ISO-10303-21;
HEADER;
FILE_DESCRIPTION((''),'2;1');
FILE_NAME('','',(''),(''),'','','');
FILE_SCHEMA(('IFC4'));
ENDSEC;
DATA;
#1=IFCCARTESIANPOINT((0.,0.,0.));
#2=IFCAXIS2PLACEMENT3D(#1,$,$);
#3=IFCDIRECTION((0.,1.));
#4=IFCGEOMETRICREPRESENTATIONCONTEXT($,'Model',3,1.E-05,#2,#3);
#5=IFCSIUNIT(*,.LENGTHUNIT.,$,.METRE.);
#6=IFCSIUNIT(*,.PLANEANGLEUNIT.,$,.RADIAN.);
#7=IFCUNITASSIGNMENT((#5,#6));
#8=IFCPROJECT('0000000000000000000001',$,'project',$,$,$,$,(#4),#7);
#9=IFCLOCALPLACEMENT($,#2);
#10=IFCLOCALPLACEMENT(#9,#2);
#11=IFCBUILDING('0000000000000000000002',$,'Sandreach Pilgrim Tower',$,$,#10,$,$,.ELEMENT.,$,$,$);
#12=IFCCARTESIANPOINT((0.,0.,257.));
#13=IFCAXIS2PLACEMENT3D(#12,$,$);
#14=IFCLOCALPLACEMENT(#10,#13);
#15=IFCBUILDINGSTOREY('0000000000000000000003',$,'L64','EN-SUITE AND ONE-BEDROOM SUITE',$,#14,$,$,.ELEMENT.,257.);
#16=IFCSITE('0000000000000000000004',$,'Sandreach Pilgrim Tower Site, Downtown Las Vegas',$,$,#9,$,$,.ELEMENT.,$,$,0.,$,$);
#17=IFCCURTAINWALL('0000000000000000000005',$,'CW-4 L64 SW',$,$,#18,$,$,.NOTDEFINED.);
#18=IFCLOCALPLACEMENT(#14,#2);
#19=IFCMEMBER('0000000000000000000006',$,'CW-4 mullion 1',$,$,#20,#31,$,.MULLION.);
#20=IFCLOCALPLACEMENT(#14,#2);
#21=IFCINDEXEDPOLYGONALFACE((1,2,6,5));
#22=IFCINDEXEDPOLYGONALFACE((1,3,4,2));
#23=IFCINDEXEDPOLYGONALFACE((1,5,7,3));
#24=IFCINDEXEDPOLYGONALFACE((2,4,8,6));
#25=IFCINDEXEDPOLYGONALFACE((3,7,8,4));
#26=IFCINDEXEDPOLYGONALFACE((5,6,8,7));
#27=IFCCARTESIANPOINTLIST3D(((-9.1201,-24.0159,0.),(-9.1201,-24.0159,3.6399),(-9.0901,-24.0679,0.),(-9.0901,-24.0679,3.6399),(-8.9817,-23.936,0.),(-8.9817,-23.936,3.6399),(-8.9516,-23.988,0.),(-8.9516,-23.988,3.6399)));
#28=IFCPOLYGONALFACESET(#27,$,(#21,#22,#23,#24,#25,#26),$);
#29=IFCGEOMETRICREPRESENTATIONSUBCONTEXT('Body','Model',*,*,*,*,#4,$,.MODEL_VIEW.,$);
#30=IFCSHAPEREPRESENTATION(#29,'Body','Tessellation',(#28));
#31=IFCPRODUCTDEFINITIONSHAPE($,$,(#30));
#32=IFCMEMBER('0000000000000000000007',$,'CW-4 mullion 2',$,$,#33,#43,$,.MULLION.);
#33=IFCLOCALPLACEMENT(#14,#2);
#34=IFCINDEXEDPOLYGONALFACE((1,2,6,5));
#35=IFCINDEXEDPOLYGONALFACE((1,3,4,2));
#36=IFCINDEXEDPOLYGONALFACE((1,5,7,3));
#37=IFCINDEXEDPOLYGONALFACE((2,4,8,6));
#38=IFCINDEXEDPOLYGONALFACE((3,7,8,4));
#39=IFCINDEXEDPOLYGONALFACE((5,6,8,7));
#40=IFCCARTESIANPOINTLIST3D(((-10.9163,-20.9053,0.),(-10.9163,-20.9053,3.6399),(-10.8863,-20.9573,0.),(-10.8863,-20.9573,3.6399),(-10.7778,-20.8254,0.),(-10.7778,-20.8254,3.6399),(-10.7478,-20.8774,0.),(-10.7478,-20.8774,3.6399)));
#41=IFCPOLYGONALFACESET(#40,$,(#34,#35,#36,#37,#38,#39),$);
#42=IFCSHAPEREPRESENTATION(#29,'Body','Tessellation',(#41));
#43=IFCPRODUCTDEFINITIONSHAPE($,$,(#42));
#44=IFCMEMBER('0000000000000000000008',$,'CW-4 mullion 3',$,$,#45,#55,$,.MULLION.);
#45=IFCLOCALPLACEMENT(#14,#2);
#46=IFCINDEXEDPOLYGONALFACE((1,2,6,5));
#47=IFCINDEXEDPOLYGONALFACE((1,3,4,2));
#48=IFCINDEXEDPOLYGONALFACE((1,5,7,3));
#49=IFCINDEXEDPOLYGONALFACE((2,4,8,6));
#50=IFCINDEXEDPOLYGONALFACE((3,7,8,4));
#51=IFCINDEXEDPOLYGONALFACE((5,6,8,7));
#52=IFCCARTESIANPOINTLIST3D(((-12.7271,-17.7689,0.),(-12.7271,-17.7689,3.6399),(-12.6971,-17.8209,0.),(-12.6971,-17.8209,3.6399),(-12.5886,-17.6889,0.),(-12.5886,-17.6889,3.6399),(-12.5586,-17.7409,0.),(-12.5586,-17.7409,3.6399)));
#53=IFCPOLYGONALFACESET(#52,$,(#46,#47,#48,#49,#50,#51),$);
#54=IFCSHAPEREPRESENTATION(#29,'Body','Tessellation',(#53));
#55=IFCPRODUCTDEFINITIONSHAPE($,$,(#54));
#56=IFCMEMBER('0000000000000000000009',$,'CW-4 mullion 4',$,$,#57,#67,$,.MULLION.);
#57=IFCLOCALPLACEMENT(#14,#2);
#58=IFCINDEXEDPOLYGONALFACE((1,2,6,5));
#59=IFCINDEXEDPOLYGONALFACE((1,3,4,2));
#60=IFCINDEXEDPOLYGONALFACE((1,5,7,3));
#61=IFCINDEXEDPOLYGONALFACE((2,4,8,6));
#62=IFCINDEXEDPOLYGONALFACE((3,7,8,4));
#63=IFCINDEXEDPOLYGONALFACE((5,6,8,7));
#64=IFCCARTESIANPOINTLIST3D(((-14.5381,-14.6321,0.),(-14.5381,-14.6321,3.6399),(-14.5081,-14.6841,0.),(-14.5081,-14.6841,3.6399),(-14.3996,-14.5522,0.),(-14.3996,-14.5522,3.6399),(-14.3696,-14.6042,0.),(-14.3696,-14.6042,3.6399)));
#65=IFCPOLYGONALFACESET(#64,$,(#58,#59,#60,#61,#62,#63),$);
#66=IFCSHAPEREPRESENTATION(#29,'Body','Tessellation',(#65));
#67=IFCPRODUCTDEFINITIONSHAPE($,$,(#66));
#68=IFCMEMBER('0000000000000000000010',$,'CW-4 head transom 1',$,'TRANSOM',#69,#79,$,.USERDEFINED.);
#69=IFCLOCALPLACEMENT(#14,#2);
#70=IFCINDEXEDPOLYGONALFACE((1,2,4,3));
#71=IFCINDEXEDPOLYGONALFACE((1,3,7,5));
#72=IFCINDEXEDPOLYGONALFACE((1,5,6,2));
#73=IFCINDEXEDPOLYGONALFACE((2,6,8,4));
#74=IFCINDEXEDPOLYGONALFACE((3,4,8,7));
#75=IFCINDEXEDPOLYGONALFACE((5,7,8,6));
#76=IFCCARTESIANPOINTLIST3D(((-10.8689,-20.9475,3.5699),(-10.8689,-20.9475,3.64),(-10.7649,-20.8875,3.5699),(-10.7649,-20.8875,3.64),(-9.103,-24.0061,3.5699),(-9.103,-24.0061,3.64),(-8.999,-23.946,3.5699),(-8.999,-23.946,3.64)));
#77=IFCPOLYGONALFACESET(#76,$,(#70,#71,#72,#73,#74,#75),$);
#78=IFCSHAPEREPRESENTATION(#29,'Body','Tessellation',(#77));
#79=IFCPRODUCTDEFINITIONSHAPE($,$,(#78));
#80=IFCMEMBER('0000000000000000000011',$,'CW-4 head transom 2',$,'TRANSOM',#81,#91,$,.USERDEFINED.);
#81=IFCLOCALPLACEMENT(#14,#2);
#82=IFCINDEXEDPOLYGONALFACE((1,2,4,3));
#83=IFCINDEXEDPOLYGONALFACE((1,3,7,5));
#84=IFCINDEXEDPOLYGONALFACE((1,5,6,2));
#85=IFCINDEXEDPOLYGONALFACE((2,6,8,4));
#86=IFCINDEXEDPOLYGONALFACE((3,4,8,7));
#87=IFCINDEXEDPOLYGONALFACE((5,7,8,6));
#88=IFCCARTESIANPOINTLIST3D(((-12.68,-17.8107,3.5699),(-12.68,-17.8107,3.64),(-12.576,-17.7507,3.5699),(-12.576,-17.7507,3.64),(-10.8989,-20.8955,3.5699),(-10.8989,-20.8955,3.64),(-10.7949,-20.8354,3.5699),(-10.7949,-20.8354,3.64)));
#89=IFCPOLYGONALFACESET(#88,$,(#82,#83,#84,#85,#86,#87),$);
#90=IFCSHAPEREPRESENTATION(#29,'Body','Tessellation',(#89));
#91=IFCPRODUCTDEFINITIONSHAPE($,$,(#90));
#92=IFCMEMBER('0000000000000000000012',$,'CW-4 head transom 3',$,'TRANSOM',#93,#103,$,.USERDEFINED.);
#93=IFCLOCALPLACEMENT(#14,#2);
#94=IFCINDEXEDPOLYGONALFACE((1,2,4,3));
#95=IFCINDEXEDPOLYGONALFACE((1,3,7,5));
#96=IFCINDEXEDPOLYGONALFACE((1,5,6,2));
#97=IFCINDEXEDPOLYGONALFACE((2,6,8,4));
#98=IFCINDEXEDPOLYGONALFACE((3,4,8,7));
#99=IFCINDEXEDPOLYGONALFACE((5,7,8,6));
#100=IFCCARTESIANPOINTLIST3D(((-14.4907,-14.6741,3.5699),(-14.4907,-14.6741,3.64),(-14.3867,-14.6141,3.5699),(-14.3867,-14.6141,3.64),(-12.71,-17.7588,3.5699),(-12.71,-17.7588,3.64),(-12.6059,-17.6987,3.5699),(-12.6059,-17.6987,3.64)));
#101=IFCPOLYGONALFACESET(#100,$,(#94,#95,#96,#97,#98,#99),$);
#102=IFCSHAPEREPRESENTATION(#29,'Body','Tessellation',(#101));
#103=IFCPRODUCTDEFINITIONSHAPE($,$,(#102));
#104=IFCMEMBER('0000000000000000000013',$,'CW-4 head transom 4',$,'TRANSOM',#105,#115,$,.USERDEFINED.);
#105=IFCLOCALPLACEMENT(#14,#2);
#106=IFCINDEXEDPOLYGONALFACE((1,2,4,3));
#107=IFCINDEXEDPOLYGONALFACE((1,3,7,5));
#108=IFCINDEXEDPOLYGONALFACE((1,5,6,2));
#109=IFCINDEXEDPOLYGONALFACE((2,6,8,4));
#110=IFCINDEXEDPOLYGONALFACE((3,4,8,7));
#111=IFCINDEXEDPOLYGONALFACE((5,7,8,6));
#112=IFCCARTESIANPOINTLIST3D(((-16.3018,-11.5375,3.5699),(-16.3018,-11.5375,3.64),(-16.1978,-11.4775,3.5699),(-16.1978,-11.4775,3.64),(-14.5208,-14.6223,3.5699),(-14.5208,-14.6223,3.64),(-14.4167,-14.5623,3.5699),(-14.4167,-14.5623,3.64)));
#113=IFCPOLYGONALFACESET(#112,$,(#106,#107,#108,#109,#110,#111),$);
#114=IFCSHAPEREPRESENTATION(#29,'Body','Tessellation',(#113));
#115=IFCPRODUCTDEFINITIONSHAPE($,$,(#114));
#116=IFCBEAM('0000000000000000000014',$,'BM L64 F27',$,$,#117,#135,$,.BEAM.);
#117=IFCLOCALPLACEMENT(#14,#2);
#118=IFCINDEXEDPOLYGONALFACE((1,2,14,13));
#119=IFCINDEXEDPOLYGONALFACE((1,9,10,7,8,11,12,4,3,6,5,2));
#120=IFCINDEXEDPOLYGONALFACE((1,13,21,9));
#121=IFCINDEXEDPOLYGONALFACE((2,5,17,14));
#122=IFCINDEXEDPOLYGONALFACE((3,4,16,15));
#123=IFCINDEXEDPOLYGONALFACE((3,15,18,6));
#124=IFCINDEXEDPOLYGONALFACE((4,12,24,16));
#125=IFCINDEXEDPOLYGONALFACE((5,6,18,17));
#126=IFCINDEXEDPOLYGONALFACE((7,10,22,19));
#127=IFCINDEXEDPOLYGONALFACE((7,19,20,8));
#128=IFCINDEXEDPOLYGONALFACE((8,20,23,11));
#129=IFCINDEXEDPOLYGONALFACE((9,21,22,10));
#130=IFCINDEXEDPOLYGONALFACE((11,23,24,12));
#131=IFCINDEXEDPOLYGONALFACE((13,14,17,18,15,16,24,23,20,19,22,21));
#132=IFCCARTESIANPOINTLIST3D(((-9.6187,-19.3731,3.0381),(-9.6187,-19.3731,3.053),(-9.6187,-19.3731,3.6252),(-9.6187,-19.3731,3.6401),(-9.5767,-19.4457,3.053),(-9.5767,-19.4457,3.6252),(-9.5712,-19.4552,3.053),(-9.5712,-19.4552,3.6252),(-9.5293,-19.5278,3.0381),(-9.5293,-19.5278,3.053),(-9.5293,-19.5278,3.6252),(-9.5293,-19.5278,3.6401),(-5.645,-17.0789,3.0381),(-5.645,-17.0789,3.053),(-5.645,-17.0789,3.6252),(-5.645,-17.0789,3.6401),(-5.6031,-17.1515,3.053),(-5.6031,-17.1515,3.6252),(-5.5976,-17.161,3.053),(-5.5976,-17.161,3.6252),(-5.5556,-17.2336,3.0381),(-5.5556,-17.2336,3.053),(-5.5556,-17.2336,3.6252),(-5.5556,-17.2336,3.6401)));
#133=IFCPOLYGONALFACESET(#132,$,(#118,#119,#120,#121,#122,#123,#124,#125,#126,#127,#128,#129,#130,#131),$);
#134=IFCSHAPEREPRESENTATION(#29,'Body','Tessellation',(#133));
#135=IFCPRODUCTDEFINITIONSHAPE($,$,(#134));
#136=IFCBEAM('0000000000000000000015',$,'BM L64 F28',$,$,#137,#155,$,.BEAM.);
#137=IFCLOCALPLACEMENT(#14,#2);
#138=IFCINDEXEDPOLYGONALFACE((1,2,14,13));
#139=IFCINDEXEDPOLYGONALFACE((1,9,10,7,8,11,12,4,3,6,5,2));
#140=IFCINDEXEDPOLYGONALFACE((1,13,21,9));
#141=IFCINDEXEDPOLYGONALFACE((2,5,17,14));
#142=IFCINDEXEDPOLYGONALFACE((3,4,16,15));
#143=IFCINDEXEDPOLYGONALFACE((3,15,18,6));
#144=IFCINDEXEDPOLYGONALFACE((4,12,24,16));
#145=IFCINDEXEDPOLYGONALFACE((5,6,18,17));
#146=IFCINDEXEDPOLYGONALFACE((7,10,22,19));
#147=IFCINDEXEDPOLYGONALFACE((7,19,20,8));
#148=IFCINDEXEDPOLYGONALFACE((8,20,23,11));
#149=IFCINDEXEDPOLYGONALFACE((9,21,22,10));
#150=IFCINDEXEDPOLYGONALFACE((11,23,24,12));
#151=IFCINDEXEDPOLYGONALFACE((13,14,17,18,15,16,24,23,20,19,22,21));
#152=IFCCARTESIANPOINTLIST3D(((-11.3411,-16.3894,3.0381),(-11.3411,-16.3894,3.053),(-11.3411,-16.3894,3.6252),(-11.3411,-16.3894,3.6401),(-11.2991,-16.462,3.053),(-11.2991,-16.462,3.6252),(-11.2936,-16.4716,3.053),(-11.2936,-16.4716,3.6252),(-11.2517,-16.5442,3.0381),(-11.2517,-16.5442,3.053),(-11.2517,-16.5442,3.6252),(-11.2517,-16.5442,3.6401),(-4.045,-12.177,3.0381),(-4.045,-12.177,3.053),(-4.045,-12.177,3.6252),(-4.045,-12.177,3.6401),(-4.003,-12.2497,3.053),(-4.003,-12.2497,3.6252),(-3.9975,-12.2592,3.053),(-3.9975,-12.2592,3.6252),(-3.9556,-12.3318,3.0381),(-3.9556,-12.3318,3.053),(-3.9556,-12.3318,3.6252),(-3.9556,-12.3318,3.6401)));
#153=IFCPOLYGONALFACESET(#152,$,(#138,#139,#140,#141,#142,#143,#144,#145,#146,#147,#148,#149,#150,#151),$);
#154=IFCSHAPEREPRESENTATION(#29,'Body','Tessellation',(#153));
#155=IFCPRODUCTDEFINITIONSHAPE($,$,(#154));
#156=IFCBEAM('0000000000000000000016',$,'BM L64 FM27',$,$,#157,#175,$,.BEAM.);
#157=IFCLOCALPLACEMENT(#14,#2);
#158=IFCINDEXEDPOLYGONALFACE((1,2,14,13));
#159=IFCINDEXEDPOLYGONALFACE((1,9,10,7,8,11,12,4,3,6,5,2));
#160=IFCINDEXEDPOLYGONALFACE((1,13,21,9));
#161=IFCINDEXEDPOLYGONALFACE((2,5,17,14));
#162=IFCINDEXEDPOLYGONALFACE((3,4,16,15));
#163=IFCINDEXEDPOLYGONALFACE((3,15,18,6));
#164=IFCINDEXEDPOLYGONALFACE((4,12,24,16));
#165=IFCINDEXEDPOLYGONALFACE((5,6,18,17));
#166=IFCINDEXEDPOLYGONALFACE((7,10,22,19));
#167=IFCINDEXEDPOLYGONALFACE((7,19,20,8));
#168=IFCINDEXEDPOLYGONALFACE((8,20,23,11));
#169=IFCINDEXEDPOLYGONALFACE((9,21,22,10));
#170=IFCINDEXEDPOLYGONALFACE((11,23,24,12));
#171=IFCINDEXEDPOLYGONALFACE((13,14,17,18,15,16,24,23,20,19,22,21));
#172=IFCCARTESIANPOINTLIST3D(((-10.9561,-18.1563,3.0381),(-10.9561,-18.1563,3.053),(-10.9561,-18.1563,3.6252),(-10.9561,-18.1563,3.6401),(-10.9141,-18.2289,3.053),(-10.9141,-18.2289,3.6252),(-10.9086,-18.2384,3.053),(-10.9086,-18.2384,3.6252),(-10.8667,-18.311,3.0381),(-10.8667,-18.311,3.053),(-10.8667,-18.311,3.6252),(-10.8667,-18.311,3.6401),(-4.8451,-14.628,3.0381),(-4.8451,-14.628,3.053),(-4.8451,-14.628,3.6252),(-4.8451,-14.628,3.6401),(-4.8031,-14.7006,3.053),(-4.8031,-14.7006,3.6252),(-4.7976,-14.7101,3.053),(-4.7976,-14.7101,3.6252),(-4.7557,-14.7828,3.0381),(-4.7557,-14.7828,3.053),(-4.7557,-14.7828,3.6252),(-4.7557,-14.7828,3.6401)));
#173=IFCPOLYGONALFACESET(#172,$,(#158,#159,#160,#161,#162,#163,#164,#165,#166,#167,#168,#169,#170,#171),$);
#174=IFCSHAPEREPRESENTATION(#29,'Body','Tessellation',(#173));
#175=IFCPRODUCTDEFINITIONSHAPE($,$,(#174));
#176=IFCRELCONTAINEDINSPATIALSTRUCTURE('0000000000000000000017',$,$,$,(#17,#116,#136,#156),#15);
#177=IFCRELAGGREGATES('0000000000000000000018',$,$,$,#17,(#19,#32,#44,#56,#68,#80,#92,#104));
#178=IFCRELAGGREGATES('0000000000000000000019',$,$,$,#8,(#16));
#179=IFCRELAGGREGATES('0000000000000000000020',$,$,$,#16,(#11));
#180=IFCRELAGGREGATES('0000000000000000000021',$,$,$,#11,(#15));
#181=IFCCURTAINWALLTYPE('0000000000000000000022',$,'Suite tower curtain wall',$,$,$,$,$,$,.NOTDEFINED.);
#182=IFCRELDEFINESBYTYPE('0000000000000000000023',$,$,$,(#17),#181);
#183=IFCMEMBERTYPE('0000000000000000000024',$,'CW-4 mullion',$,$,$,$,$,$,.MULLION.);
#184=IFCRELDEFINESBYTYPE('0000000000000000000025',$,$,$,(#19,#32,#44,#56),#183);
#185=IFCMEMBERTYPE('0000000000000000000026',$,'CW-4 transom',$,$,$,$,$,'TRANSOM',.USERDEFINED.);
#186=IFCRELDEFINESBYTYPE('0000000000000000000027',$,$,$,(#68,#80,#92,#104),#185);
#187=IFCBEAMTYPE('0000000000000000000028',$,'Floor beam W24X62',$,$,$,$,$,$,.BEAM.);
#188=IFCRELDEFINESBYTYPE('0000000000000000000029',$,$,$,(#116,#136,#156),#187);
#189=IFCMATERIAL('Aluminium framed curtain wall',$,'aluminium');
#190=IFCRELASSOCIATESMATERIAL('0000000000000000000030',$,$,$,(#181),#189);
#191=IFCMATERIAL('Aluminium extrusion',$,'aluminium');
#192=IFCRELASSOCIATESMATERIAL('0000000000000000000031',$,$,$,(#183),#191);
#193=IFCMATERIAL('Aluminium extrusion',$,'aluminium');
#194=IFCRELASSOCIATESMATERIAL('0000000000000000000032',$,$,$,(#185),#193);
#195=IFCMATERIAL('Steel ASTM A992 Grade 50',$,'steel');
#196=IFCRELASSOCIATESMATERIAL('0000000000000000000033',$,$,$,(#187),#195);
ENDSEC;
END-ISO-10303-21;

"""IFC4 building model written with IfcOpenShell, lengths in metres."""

from ifc_helpers import new_model, si_unit, direction, frame, origin, origin_2d, place, context, subcontext, project, spatial, rectangle, i_section, extrude, material, material_profile, profile_set, type_object, element, aggregate, save


model = new_model("IFC4")

# Units and contexts
model_context = context("Model", 3, precision=1e-05, world=origin(), true_north=direction((0.0, 1.0)))
body_context = subcontext(model_context, "Body", "Model", "MODEL_VIEW")
ifc_project = project(units=[si_unit("LENGTHUNIT", "METRE"), si_unit("PLANEANGLEUNIT", "RADIAN")], contexts=[model_context])

# Site, building, storey
site_placement = place(None, origin())
site = spatial("IfcSite", under=ifc_project, at=site_placement, Name="Sandreach Pilgrim Tower Site, Downtown Las Vegas", CompositionType="ELEMENT", RefElevation=0.0)
building_placement = place(site_placement, origin())
building = spatial("IfcBuilding", under=site, at=building_placement, Name="Sandreach Pilgrim Tower", CompositionType="ELEMENT")
storey_placement = place(building_placement, frame((0.0, 0.0, 257.0)))
storey = spatial("IfcBuildingStorey", under=building, at=storey_placement, Name="L64", Description="EN-SUITE AND ONE-BEDROOM SUITE", CompositionType="ELEMENT", Elevation=257.0)

# Curtain wall, members
ifc_material_1 = material(Name="Aluminium framed curtain wall", Category="aluminium")
curtain_wall_type = type_object("IfcCurtainWallType", Name="Suite tower curtain wall", PredefinedType="NOTDEFINED", material=ifc_material_1)
curtain_wall_placement = place(storey_placement, origin())
curtain_wall = element("IfcCurtainWall", 1, at=curtain_wall_placement, inside=storey, type_object=curtain_wall_type, Name="CW-4 L64 SW", PredefinedType="NOTDEFINED")
ifc_material_2 = material(Name="Aluminium extrusion", Category="aluminium")
ifc_material_profile_1 = material_profile(ifc_material_2, rectangle(XDim=0.0601, YDim=0.1599, at=origin_2d()), Name="CW-4M 60X160")
ifc_profile_set_1 = profile_set([ifc_material_profile_1], Name="Aluminium extrusion")
member_type_1 = type_object("IfcMemberType", Name="CW-4 mullion", PredefinedType="MULLION", material=ifc_profile_set_1)
member_1_placement = place(storey_placement, frame((-9.0359, -24.002, 0.0), z_axis=(0.0, 0.0, 1.0), x_axis=(-0.5, 0.866025, 0.0)))
member_1 = element("IfcMember", 2, at=member_1_placement, type_object=member_type_1, Name="CW-4 mullion 1", PredefinedType="MULLION", context=body_context, shape_type="SweptSolid", body=[
    extrude(rectangle(XDim=0.0601, YDim=0.1599, at=origin_2d()), origin(), (0.0, 0.0, 1.0), 3.6399),
])
member_2_placement = place(storey_placement, frame((-10.832, -20.8914, 0.0), z_axis=(0.0, 0.0, 1.0), x_axis=(-0.5, 0.866025, 0.0)))
member_2 = element("IfcMember", 3, at=member_2_placement, type_object=member_type_1, Name="CW-4 mullion 2", PredefinedType="MULLION", context=body_context, shape_type="SweptSolid", body=[
    extrude(rectangle(XDim=0.0601, YDim=0.1599, at=origin_2d()), origin(), (0.0, 0.0, 1.0), 3.6399),
])
member_3_placement = place(storey_placement, frame((-12.6428, -17.7549, 0.0), z_axis=(0.0, 0.0, 1.0), x_axis=(-0.5, 0.866025, 0.0)))
member_3 = element("IfcMember", 4, at=member_3_placement, type_object=member_type_1, Name="CW-4 mullion 3", PredefinedType="MULLION", context=body_context, shape_type="SweptSolid", body=[
    extrude(rectangle(XDim=0.0601, YDim=0.1599, at=origin_2d()), origin(), (0.0, 0.0, 1.0), 3.6399),
])
member_4_placement = place(storey_placement, frame((-14.4539, -14.6182, 0.0), z_axis=(0.0, 0.0, 1.0), x_axis=(-0.5, 0.866025, 0.0)))
member_4 = element("IfcMember", 5, at=member_4_placement, type_object=member_type_1, Name="CW-4 mullion 4", PredefinedType="MULLION", context=body_context, shape_type="SweptSolid", body=[
    extrude(rectangle(XDim=0.0601, YDim=0.1599, at=origin_2d()), origin(), (0.0, 0.0, 1.0), 3.6399),
])
ifc_material_3 = material(Name="Aluminium extrusion", Category="aluminium")
ifc_material_profile_2 = material_profile(ifc_material_3, rectangle(XDim=0.1201, YDim=0.0701, at=origin_2d()), Name="CW-4T 120X70")
ifc_profile_set_2 = profile_set([ifc_material_profile_2], Name="Aluminium extrusion")
member_type_2 = type_object("IfcMemberType", Name="CW-4 transom", ElementType="TRANSOM", PredefinedType="USERDEFINED", material=ifc_profile_set_2)
member_5_placement = place(storey_placement, frame((-9.051, -23.9761, 3.605), z_axis=(-0.499998, 0.866027, 0.0), x_axis=(-0.866027, -0.499998, 0.0)))
member_5 = element("IfcMember", 6, at=member_5_placement, type_object=member_type_2, Name="CW-4 head transom 1", ObjectType="TRANSOM", PredefinedType="USERDEFINED", context=body_context, shape_type="SweptSolid", body=[
    extrude(rectangle(XDim=0.1201, YDim=0.0701, at=origin_2d()), origin(), (0.0, 0.0, 1.0), 3.5317),
])
member_6_placement = place(storey_placement, frame((-10.8469, -20.8655, 3.605), z_axis=(-0.500009, 0.86602, 0.0), x_axis=(-0.86602, -0.500009, 0.0)))
member_6 = element("IfcMember", 7, at=member_6_placement, type_object=member_type_2, Name="CW-4 head transom 2", ObjectType="TRANSOM", PredefinedType="USERDEFINED", context=body_context, shape_type="SweptSolid", body=[
    extrude(rectangle(XDim=0.1201, YDim=0.0701, at=origin_2d()), origin(), (0.0, 0.0, 1.0), 3.562),
])
member_7_placement = place(storey_placement, frame((-12.658, -17.7288, 3.605), z_axis=(-0.499958, 0.86605, 0.0), x_axis=(-0.86605, -0.499958, 0.0)))
member_7 = element("IfcMember", 8, at=member_7_placement, type_object=member_type_2, Name="CW-4 head transom 3", ObjectType="TRANSOM", PredefinedType="USERDEFINED", context=body_context, shape_type="SweptSolid", body=[
    extrude(rectangle(XDim=0.1201, YDim=0.0701, at=origin_2d()), origin(), (0.0, 0.0, 1.0), 3.5618),
])
member_8_placement = place(storey_placement, frame((-14.4688, -14.5923, 3.605), z_axis=(-0.500009, 0.86602, 0.0), x_axis=(-0.86602, -0.500009, 0.0)))
member_8 = element("IfcMember", 9, at=member_8_placement, type_object=member_type_2, Name="CW-4 head transom 4", ObjectType="TRANSOM", PredefinedType="USERDEFINED", context=body_context, shape_type="SweptSolid", body=[
    extrude(rectangle(XDim=0.1201, YDim=0.0701, at=origin_2d()), origin(), (0.0, 0.0, 1.0), 3.562),
])

# Beams
ifc_material_4 = material(Name="Steel ASTM A992 Grade 50", Category="steel")
ifc_material_profile_3 = material_profile(ifc_material_4, i_section(OverallWidth=0.1787, OverallDepth=0.6021, WebThickness=0.011, FlangeThickness=0.0149, at=origin_2d()), Name="W24X62")
ifc_profile_set_3 = profile_set([ifc_material_profile_3], Name="Steel ASTM A992 Grade 50")
beam_type_1 = type_object("IfcBeamType", Name="Floor beam W24X62", PredefinedType="BEAM", material=ifc_profile_set_3)
beam_1_placement = place(storey_placement, frame((-9.574, -19.4504, 3.3391), z_axis=(0.866024, 0.500002, 0.0), x_axis=(-0.500002, 0.866024, 0.0)))
element("IfcBeam", 10, at=beam_1_placement, inside=storey, type_object=beam_type_1, Name="BM L64 F27", PredefinedType="BEAM", context=body_context, shape_type="SweptSolid", body=[
    extrude(i_section(OverallWidth=0.1787, OverallDepth=0.6021, WebThickness=0.011, FlangeThickness=0.0149, at=origin_2d()), origin(), (0.0, 0.0, 1.0), 4.5884),
])
beam_2_placement = place(storey_placement, frame((-11.2964, -16.4668, 3.3391), z_axis=(0.866027, 0.499998, 0.0), x_axis=(-0.499998, 0.866027, 0.0)))
element("IfcBeam", 11, at=beam_2_placement, inside=storey, type_object=beam_type_1, Name="BM L64 F28", PredefinedType="BEAM", context=body_context, shape_type="SweptSolid", body=[
    extrude(i_section(OverallWidth=0.1787, OverallDepth=0.6021, WebThickness=0.011, FlangeThickness=0.0149, at=origin_2d()), origin(), (0.0, 0.0, 1.0), 8.4248),
])
beam_3_placement = place(storey_placement, frame((-10.9114, -18.2336, 3.3391), z_axis=(0.86602, 0.500009, 0.0), x_axis=(-0.500009, 0.86602, 0.0)))
element("IfcBeam", 12, at=beam_3_placement, inside=storey, type_object=beam_type_1, Name="BM L64 FM27", PredefinedType="BEAM", context=body_context, shape_type="SweptSolid", body=[
    extrude(i_section(OverallWidth=0.1787, OverallDepth=0.6021, WebThickness=0.011, FlangeThickness=0.0149, at=origin_2d()), origin(), (0.0, 0.0, 1.0), 7.0564),
])

aggregate(curtain_wall, [member_1, member_2, member_3, member_4, member_5, member_6, member_7, member_8])

save(model, "model.ifc")
